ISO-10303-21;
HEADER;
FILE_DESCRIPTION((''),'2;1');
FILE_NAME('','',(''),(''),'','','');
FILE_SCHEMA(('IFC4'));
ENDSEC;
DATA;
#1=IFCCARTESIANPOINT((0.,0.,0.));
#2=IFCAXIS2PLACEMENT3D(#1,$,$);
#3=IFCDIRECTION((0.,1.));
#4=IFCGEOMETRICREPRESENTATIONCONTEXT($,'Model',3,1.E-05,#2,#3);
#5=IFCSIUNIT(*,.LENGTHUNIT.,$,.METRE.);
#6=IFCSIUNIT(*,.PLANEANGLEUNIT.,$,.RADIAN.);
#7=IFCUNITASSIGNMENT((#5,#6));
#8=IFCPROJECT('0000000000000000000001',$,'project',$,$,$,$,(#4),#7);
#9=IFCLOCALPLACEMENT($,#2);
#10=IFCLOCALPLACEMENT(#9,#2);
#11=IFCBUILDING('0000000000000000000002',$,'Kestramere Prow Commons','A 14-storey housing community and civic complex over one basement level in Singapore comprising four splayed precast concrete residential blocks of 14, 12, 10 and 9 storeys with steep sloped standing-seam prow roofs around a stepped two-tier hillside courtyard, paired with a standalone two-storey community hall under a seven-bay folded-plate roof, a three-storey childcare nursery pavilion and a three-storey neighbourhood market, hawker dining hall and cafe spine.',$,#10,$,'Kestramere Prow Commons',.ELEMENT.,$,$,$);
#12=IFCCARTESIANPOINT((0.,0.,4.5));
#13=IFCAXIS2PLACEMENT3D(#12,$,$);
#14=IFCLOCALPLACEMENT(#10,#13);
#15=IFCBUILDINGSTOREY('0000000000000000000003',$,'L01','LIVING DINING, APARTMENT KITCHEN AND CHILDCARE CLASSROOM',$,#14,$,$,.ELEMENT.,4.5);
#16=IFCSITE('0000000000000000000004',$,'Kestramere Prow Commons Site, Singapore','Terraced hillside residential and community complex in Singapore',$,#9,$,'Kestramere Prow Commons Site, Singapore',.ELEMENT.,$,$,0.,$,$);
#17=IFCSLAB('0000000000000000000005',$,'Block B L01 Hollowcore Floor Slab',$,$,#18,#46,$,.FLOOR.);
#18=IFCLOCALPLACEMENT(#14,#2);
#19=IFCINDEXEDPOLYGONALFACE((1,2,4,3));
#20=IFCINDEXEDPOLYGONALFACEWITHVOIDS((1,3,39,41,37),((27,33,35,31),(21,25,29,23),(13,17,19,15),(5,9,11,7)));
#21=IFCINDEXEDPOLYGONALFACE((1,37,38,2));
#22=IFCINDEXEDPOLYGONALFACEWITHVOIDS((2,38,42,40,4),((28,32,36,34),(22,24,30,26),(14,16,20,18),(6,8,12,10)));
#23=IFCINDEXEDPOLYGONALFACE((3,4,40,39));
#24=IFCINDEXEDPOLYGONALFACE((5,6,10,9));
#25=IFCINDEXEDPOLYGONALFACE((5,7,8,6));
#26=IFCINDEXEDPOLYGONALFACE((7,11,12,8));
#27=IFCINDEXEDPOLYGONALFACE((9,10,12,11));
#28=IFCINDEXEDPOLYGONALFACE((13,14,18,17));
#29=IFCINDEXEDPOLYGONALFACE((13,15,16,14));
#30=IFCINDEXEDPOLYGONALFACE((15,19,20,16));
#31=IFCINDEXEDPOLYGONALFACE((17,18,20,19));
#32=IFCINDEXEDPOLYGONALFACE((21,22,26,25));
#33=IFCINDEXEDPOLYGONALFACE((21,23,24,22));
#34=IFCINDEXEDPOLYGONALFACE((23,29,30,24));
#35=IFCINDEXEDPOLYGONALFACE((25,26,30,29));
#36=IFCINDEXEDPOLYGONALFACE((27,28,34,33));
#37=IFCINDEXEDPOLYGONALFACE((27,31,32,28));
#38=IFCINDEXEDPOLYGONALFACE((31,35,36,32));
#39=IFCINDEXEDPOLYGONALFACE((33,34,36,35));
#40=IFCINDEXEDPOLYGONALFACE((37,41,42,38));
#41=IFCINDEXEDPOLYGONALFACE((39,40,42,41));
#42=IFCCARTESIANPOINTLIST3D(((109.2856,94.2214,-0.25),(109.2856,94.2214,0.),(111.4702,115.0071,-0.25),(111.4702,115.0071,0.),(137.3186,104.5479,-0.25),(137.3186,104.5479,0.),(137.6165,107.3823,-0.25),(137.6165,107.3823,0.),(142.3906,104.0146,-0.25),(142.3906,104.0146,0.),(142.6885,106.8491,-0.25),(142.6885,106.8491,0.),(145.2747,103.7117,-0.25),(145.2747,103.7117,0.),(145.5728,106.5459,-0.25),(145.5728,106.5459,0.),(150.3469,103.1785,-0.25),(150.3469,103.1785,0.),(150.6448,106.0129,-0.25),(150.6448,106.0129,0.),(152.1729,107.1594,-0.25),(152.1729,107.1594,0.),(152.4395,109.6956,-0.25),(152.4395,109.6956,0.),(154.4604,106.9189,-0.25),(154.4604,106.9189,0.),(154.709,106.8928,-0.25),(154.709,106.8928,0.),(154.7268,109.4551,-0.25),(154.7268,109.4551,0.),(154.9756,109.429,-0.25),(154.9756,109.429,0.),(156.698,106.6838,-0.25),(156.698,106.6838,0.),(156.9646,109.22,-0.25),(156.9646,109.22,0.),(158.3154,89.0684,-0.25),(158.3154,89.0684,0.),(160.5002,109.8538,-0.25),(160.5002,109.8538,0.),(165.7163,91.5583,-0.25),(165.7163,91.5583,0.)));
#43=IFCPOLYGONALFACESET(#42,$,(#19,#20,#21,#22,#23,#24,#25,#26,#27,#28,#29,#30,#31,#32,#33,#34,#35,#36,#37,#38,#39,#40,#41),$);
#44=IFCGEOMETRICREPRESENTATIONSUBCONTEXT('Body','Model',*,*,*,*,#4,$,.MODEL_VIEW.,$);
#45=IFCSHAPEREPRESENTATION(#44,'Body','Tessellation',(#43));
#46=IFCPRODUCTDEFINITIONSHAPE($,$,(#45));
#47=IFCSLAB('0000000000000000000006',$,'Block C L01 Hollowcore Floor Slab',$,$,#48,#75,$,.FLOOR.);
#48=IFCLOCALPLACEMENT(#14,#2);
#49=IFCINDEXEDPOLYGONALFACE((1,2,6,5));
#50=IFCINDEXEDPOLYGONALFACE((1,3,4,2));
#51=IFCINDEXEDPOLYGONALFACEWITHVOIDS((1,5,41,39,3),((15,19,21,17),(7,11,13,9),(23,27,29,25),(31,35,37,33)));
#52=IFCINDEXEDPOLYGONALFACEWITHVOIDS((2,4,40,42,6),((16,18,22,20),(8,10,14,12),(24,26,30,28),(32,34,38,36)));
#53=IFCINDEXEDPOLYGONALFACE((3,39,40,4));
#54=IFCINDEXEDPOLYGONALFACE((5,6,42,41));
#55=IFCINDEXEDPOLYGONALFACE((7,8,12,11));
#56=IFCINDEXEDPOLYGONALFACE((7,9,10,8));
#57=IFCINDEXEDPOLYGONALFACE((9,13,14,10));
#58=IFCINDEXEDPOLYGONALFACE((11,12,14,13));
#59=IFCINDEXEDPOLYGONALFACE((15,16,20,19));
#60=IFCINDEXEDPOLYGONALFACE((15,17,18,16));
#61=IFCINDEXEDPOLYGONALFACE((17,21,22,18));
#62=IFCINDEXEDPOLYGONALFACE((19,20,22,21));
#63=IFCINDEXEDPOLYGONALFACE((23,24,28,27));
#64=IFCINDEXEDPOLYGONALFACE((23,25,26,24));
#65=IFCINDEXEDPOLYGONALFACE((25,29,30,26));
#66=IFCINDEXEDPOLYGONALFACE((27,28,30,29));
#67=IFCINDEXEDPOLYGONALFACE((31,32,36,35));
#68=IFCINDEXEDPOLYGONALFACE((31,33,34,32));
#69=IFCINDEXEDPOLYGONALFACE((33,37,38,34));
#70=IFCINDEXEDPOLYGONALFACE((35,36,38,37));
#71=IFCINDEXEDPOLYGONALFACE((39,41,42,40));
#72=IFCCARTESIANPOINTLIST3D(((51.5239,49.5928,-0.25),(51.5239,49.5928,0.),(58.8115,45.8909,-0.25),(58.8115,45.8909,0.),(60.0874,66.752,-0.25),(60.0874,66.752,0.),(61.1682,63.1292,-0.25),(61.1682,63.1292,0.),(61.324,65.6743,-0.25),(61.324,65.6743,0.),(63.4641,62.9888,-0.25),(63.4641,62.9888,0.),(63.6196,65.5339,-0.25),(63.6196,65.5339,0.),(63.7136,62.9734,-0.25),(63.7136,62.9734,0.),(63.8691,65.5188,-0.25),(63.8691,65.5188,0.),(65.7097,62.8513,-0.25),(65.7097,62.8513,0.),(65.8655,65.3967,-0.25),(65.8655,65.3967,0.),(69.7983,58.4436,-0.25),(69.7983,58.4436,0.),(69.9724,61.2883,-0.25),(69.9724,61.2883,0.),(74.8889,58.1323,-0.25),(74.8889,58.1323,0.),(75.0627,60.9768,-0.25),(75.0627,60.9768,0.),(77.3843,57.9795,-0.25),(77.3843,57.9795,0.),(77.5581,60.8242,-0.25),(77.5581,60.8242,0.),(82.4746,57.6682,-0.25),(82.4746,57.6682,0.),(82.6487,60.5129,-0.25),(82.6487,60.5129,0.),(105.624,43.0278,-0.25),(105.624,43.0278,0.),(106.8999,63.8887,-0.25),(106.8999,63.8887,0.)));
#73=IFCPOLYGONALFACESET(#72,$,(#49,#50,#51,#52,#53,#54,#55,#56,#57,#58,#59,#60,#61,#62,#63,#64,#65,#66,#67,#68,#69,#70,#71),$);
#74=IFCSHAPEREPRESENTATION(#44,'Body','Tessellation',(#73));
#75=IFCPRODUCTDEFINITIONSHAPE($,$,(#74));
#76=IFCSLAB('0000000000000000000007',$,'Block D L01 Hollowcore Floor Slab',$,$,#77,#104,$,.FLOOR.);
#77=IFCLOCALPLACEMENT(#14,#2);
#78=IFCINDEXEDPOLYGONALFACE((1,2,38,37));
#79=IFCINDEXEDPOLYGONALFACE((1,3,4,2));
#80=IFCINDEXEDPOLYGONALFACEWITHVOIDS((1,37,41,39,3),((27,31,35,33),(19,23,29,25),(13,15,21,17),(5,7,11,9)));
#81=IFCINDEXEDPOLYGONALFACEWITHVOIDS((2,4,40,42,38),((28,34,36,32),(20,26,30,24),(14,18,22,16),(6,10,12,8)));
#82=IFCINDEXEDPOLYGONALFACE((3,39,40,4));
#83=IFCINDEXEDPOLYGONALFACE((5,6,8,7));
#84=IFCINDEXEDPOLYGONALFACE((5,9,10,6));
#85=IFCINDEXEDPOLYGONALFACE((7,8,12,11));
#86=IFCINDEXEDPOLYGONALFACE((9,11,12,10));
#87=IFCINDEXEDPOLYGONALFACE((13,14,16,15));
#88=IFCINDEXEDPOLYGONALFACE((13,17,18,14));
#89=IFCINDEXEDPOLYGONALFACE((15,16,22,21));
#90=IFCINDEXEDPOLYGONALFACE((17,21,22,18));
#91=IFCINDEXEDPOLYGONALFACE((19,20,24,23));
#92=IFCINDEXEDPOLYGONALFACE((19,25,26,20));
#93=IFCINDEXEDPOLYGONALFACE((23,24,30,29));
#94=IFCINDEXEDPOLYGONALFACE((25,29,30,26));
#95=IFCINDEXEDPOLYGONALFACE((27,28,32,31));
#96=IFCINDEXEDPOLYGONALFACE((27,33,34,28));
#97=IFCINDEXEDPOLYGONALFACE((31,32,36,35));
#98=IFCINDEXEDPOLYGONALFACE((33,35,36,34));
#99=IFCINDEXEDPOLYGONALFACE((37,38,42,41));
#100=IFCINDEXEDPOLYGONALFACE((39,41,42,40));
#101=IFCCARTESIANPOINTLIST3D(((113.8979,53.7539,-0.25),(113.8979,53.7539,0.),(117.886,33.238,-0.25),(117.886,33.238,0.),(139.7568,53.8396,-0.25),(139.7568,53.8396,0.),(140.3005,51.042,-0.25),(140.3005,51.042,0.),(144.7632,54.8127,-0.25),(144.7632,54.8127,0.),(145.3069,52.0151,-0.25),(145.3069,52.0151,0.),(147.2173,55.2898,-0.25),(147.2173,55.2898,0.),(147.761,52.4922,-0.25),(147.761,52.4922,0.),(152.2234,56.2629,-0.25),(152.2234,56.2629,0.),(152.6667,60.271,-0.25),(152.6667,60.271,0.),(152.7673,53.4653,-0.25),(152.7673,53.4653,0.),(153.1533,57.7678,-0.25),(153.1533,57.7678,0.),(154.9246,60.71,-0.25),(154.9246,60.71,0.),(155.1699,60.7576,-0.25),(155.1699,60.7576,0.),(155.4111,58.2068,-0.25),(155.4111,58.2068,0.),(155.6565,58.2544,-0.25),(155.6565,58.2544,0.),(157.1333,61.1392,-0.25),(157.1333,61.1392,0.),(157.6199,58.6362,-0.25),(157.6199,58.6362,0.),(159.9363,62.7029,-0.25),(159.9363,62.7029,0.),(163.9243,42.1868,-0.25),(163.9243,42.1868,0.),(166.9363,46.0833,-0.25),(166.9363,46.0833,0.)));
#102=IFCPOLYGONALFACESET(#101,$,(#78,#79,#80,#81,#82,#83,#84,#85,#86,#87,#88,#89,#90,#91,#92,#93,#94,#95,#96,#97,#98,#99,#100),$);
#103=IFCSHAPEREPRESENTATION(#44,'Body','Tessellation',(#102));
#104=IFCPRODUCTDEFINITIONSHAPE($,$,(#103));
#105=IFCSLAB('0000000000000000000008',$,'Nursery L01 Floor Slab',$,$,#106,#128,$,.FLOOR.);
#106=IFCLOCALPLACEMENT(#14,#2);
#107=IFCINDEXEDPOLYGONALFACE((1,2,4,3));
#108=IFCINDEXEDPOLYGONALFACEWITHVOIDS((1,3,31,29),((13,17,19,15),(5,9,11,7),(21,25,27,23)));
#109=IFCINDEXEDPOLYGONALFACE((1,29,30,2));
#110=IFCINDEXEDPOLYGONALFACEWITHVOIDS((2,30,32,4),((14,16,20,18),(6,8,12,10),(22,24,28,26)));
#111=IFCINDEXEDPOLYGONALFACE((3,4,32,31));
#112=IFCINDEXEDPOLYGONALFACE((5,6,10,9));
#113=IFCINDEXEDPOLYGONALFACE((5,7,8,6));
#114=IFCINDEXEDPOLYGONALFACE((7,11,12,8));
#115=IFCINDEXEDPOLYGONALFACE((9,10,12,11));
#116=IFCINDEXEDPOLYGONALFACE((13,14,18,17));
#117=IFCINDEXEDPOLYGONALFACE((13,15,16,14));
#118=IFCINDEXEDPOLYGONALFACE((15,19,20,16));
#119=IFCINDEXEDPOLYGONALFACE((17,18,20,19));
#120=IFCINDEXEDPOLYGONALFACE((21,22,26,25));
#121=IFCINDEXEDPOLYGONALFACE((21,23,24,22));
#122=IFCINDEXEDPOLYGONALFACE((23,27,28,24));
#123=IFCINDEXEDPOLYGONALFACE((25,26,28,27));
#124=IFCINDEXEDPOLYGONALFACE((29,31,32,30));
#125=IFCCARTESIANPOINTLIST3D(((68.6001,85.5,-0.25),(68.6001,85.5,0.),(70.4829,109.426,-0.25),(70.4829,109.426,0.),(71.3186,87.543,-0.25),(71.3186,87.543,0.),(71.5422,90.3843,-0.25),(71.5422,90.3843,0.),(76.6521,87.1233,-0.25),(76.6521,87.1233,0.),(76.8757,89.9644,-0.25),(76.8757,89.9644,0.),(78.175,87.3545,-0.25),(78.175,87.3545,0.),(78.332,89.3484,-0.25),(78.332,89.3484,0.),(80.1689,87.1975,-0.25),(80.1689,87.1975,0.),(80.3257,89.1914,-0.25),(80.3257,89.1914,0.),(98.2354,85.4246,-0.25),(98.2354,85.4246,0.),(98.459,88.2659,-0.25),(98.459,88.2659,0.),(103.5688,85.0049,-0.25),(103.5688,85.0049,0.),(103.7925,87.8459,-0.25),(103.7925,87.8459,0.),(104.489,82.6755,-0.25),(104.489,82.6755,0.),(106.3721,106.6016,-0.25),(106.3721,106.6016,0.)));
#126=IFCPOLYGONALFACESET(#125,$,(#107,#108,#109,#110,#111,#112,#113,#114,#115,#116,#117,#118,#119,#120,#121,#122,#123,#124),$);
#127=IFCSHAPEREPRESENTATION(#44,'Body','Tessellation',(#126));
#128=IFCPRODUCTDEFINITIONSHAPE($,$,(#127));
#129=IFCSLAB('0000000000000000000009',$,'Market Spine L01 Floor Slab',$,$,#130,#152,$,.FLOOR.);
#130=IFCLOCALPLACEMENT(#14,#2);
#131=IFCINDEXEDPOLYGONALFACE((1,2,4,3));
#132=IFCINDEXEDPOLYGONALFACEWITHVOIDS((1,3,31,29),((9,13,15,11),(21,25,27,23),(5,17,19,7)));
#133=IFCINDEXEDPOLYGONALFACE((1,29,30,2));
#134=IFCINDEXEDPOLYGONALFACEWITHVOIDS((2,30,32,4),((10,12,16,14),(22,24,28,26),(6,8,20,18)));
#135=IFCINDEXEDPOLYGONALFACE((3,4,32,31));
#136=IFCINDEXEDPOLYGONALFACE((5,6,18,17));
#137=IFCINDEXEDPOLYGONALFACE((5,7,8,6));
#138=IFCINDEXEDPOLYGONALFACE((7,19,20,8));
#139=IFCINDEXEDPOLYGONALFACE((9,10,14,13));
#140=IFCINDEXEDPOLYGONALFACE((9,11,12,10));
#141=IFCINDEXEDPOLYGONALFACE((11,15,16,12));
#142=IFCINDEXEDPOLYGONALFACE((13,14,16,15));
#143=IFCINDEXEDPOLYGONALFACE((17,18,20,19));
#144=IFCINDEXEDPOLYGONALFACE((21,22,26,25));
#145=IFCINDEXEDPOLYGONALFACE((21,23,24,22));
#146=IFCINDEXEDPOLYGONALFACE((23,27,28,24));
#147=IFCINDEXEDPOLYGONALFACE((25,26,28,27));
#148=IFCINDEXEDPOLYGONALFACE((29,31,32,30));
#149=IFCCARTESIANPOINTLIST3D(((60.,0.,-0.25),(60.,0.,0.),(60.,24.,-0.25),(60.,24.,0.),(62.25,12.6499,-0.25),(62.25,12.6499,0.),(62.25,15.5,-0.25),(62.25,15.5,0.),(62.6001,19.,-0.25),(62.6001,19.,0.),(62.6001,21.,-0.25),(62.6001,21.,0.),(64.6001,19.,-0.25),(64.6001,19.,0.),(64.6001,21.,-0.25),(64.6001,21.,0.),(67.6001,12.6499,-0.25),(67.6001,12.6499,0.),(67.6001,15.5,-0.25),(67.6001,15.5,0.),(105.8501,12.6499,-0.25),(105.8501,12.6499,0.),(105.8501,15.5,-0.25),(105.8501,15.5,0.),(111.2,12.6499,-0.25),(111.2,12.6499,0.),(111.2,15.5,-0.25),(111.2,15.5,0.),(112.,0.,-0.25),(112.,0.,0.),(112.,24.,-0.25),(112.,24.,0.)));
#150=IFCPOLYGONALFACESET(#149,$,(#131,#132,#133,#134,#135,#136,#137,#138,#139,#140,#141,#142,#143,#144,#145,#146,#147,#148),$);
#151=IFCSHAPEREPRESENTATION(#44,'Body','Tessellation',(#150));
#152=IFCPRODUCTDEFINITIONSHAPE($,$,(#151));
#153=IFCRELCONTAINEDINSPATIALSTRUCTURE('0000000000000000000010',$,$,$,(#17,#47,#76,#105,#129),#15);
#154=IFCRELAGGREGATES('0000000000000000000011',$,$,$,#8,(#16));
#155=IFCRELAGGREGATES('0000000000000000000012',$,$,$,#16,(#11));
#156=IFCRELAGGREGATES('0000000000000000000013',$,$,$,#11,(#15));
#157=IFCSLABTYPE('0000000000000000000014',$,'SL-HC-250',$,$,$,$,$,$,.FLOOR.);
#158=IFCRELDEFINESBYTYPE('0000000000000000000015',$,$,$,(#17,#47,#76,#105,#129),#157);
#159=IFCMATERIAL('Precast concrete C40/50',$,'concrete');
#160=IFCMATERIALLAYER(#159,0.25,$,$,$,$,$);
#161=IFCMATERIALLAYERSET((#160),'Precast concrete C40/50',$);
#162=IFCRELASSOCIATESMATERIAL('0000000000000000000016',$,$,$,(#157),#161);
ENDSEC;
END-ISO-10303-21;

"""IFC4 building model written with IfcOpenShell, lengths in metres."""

from ifc_helpers import new_model, si_unit, direction, frame, origin, place, context, subcontext, project, spatial, polyline, outline, extrude, material, layer, layer_set, type_object, element, save


model = new_model("IFC4")

# Units and contexts
model_context = context("Model", 3, precision=1e-05, world=origin(), true_north=direction((0.0, 1.0)))
body_context = subcontext(model_context, "Body", "Model", "MODEL_VIEW")
ifc_project = project(units=[si_unit("LENGTHUNIT", "METRE"), si_unit("PLANEANGLEUNIT", "RADIAN")], contexts=[model_context])

# Site, building, storey
site_placement = place(None, origin())
site = spatial("IfcSite", under=ifc_project, at=site_placement, Name="Kestramere Prow Commons Site, Singapore", Description="Terraced hillside residential and community complex in Singapore", LongName="Kestramere Prow Commons Site, Singapore", CompositionType="ELEMENT", RefElevation=0.0)
building_placement = place(site_placement, origin())
building = spatial("IfcBuilding", under=site, at=building_placement, Name="Kestramere Prow Commons", Description="A 14-storey housing community and civic complex over one basement level in Singapore comprising four splayed precast concrete residential blocks of 14, 12, 10 and 9 storeys with steep sloped standing-seam prow roofs around a stepped two-tier hillside courtyard, paired with a standalone two-storey community hall under a seven-bay folded-plate roof, a three-storey childcare nursery pavilion and a three-storey neighbourhood market, hawker dining hall and cafe spine.", LongName="Kestramere Prow Commons", CompositionType="ELEMENT")
storey_placement = place(building_placement, frame((0.0, 0.0, 4.5)))
storey = spatial("IfcBuildingStorey", under=building, at=storey_placement, Name="L01", Description="LIVING DINING, APARTMENT KITCHEN AND CHILDCARE CLASSROOM", CompositionType="ELEMENT", Elevation=4.5)

# Slabs
ifc_material_1 = material(Name="Precast concrete C40/50", Category="concrete")
ifc_layer_1 = layer(ifc_material_1, 0.25)
ifc_layer_set_1 = layer_set([ifc_layer_1], Name="Precast concrete C40/50")
slab_type_1 = type_object("IfcSlabType", Name="SL-HC-250", PredefinedType="FLOOR", material=ifc_layer_set_1)
slab_1_placement = place(storey_placement, frame((0.0, 0.0, -0.25)))
element("IfcSlab", 1, at=slab_1_placement, inside=storey, type_object=slab_type_1, Name="Block B L01 Hollowcore Floor Slab", PredefinedType="FLOOR", context=body_context, shape_type="SweptSolid", body=[
    extrude(outline(polyline([(109.2856, 94.2214), (158.3154, 89.0684), (165.7163, 91.5583), (160.5002, 109.8538), (111.4702, 115.0071), (109.2856, 94.2214)]), holes=[polyline([(152.1729, 107.1594), (154.4604, 106.9189), (154.7268, 109.4551), (152.4395, 109.6956), (152.1729, 107.1594)]), polyline([(154.709, 106.8928), (156.698, 106.6838), (156.9646, 109.22), (154.9756, 109.429), (154.709, 106.8928)]), polyline([(137.3186, 104.5479), (142.3906, 104.0146), (142.6885, 106.8491), (137.6165, 107.3823), (137.3186, 104.5479)]), polyline([(145.2747, 103.7117), (150.3469, 103.1785), (150.6448, 106.0129), (145.5728, 106.5459), (145.2747, 103.7117)])]), origin(), (0.0, 0.0, 1.0), 0.25),
])
slab_2_placement = place(storey_placement, frame((0.0, 0.0, -0.25)))
element("IfcSlab", 2, at=slab_2_placement, inside=storey, type_object=slab_type_1, Name="Block C L01 Hollowcore Floor Slab", PredefinedType="FLOOR", context=body_context, shape_type="SweptSolid", body=[
    extrude(outline(polyline([(51.5239, 49.5928), (58.8115, 45.8909), (105.624, 43.0278), (106.8999, 63.8887), (60.0874, 66.752), (51.5239, 49.5928)]), holes=[polyline([(61.1682, 63.1292), (63.4641, 62.9888), (63.6196, 65.5339), (61.324, 65.6743), (61.1682, 63.1292)]), polyline([(63.7136, 62.9734), (65.7097, 62.8513), (65.8655, 65.3967), (63.8691, 65.5188), (63.7136, 62.9734)]), polyline([(69.7983, 58.4436), (74.8889, 58.1323), (75.0627, 60.9768), (69.9724, 61.2883), (69.7983, 58.4436)]), polyline([(77.3843, 57.9795), (82.4746, 57.6682), (82.6487, 60.5129), (77.5581, 60.8242), (77.3843, 57.9795)])]), origin(), (0.0, 0.0, 1.0), 0.25),
])
slab_3_placement = place(storey_placement, frame((0.0, 0.0, -0.25)))
element("IfcSlab", 3, at=slab_3_placement, inside=storey, type_object=slab_type_1, Name="Block D L01 Hollowcore Floor Slab", PredefinedType="FLOOR", context=body_context, shape_type="SweptSolid", body=[
    extrude(outline(polyline([(117.886, 33.238), (163.9243, 42.1868), (166.9363, 46.0833), (159.9363, 62.7029), (113.8979, 53.7539), (117.886, 33.238)]), holes=[polyline([(153.1533, 57.7678), (155.4111, 58.2068), (154.9246, 60.71), (152.6667, 60.271), (153.1533, 57.7678)]), polyline([(155.6565, 58.2544), (157.6199, 58.6362), (157.1333, 61.1392), (155.1699, 60.7576), (155.6565, 58.2544)]), polyline([(140.3005, 51.042), (145.3069, 52.0151), (144.7632, 54.8127), (139.7568, 53.8396), (140.3005, 51.042)]), polyline([(147.761, 52.4922), (152.7673, 53.4653), (152.2234, 56.2629), (147.2173, 55.2898), (147.761, 52.4922)])]), origin(), (0.0, 0.0, 1.0), 0.25),
])
slab_4_placement = place(storey_placement, frame((0.0, 0.0, -0.25)))
element("IfcSlab", 4, at=slab_4_placement, inside=storey, type_object=slab_type_1, Name="Nursery L01 Floor Slab", PredefinedType="FLOOR", context=body_context, shape_type="SweptSolid", body=[
    extrude(outline(polyline([(68.6001, 85.5), (104.489, 82.6755), (106.3721, 106.6016), (70.4829, 109.426), (68.6001, 85.5)]), holes=[polyline([(78.175, 87.3545), (80.1689, 87.1975), (80.3257, 89.1914), (78.332, 89.3484), (78.175, 87.3545)]), polyline([(71.3186, 87.543), (76.6521, 87.1233), (76.8757, 89.9644), (71.5422, 90.3843), (71.3186, 87.543)]), polyline([(98.2354, 85.4246), (103.5688, 85.0049), (103.7925, 87.8459), (98.459, 88.2659), (98.2354, 85.4246)])]), origin(), (0.0, 0.0, 1.0), 0.25),
])
slab_5_placement = place(storey_placement, frame((0.0, 0.0, -0.25)))
element("IfcSlab", 5, at=slab_5_placement, inside=storey, type_object=slab_type_1, Name="Market Spine L01 Floor Slab", PredefinedType="FLOOR", context=body_context, shape_type="SweptSolid", body=[
    extrude(outline(polyline([(60.0, 0.0), (112.0, 0.0), (112.0, 24.0), (60.0, 24.0), (60.0, 0.0)]), holes=[polyline([(62.6001, 19.0), (64.6001, 19.0), (64.6001, 21.0), (62.6001, 21.0), (62.6001, 19.0)]), polyline([(62.25, 12.6499), (67.6001, 12.6499), (67.6001, 15.5), (62.25, 15.5), (62.25, 12.6499)]), polyline([(105.8501, 12.6499), (111.2, 12.6499), (111.2, 15.5), (105.8501, 15.5), (105.8501, 12.6499)])]), origin(), (0.0, 0.0, 1.0), 0.25),
])

save(model, "model.ifc")
